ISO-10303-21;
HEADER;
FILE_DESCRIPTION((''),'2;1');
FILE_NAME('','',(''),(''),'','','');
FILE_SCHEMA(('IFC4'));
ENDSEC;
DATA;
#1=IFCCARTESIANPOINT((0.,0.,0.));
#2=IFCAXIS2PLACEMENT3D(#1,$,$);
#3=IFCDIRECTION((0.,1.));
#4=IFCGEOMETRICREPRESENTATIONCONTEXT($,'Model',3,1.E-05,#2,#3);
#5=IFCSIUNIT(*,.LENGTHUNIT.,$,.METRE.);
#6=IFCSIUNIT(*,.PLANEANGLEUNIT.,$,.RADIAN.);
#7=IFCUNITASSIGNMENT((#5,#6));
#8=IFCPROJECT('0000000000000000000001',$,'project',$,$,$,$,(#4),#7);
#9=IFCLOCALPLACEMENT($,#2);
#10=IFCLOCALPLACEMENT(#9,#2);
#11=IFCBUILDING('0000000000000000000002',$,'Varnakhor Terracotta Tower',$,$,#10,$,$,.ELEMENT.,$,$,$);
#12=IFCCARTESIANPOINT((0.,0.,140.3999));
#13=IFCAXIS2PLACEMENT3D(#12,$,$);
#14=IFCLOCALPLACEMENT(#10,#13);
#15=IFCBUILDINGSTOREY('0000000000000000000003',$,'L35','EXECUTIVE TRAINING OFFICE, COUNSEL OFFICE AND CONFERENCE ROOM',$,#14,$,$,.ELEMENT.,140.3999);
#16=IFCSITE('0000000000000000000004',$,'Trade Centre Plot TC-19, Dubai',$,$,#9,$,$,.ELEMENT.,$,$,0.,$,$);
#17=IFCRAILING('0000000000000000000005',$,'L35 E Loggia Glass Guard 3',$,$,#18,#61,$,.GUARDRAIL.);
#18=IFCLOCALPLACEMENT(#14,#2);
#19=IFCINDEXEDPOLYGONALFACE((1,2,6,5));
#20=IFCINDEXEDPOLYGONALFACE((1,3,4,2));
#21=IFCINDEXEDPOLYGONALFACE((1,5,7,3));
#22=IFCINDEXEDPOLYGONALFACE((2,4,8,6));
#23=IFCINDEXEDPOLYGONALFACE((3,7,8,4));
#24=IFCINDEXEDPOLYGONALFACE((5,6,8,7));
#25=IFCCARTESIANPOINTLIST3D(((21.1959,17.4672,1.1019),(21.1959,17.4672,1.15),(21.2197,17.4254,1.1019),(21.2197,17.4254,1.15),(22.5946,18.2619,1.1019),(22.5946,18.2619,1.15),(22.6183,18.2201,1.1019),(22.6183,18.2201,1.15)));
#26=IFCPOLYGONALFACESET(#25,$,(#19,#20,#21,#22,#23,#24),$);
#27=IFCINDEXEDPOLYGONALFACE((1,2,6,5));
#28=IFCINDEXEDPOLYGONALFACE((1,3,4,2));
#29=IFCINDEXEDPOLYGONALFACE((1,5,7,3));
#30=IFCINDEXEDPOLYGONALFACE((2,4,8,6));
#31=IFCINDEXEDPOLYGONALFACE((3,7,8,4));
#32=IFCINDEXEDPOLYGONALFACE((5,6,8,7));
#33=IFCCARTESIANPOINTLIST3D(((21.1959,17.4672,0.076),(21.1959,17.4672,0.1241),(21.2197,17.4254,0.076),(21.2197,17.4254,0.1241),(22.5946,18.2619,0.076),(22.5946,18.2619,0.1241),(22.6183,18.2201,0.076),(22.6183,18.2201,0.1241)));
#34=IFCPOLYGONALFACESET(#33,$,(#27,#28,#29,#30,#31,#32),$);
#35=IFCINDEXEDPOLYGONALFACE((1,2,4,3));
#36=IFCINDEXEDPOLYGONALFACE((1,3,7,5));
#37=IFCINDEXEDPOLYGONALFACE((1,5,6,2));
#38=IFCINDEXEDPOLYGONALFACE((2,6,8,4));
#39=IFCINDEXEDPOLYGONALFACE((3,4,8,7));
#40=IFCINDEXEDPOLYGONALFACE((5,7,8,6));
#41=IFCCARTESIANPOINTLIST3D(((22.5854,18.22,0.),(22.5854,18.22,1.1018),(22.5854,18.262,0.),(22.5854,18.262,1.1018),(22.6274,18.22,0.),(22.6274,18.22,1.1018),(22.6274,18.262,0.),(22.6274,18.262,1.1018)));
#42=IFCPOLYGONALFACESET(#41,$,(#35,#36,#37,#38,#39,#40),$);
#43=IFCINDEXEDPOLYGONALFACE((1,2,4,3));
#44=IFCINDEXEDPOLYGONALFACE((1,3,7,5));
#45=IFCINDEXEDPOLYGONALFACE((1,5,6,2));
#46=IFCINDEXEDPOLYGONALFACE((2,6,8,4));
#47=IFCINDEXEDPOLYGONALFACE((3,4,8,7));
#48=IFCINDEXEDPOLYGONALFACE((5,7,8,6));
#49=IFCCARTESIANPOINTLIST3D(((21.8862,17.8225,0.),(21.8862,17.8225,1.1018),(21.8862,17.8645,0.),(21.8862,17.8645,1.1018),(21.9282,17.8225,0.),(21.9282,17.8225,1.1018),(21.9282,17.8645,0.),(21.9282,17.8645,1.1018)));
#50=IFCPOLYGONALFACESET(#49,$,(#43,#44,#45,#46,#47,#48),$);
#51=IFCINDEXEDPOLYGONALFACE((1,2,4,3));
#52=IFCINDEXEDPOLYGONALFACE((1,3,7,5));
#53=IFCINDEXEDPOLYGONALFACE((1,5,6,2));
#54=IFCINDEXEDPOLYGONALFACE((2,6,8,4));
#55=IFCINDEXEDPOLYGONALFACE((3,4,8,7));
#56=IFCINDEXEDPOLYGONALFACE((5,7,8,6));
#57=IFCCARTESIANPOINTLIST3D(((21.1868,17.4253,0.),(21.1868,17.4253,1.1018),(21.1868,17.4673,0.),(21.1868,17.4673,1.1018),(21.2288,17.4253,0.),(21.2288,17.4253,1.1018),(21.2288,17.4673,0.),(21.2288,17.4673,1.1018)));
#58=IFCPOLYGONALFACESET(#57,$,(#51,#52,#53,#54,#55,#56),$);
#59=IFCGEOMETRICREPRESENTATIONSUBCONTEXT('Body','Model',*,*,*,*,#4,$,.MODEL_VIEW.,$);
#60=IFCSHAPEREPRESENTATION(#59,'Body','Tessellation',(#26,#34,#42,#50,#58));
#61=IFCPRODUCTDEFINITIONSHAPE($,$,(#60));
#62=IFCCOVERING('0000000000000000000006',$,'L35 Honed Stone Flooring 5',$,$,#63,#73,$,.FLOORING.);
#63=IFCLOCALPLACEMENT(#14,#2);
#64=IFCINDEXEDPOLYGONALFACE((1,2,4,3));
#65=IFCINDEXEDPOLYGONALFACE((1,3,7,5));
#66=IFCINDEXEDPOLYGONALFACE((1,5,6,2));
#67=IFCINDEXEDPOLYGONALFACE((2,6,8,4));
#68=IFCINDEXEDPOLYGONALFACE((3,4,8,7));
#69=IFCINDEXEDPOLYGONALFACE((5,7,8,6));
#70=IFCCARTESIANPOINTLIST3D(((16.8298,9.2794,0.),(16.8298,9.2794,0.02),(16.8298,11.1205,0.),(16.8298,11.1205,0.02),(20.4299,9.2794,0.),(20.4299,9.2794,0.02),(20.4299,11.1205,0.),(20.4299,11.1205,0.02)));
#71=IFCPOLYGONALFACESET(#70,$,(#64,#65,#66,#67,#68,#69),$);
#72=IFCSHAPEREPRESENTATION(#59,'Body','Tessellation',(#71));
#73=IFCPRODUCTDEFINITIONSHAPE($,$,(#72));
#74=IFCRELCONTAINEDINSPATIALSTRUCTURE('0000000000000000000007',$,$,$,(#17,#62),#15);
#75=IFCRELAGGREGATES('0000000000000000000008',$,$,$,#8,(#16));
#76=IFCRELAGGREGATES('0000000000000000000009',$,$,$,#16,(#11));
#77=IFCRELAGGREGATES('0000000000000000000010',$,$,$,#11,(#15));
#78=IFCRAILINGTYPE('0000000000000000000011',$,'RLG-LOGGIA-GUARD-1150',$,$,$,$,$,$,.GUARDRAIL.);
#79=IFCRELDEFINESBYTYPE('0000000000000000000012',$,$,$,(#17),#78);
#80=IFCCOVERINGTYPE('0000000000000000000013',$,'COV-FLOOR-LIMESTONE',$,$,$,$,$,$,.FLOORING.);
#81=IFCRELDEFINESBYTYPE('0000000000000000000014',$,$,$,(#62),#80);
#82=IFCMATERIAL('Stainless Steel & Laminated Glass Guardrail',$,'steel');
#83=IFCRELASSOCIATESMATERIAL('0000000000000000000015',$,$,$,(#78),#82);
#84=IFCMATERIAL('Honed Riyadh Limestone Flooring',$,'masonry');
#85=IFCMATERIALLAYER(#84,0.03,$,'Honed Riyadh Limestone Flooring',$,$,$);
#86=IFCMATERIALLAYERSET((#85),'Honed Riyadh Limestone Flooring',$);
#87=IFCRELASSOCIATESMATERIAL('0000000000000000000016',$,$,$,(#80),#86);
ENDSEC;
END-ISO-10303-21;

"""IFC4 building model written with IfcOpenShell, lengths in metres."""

from ifc_helpers import new_model, si_unit, direction, frame, origin, origin_2d, place, context, subcontext, project, spatial, rectangle, extrude, source, transform, mapped, material, layer, layer_set, type_object, element, save


model = new_model("IFC4")

# Units and contexts
model_context = context("Model", 3, precision=1e-05, world=origin(), true_north=direction((0.0, 1.0)))
body_context = subcontext(model_context, "Body", "Model", "MODEL_VIEW")
ifc_project = project(units=[si_unit("LENGTHUNIT", "METRE"), si_unit("PLANEANGLEUNIT", "RADIAN")], contexts=[model_context])

# Site, building, storey
site_placement = place(None, origin())
site = spatial("IfcSite", under=ifc_project, at=site_placement, Name="Trade Centre Plot TC-19, Dubai", CompositionType="ELEMENT", RefElevation=0.0)
building_placement = place(site_placement, origin())
building = spatial("IfcBuilding", under=site, at=building_placement, Name="Varnakhor Terracotta Tower", CompositionType="ELEMENT")
storey_placement = place(building_placement, frame((0.0, 0.0, 140.3999)))
storey = spatial("IfcBuildingStorey", under=building, at=storey_placement, Name="L35", Description="EXECUTIVE TRAINING OFFICE, COUNSEL OFFICE AND CONFERENCE ROOM", CompositionType="ELEMENT", Elevation=140.3999)

# Railing
ifc_material_1 = material(Name="Stainless Steel & Laminated Glass Guardrail", Category="steel")
railing_type = type_object("IfcRailingType", Name="RLG-LOGGIA-GUARD-1150", PredefinedType="GUARDRAIL", material=ifc_material_1)
railing_placement = place(storey_placement, frame((22.6064, 18.241, 0.0)))
element("IfcRailing", 1, at=railing_placement, inside=storey, type_object=railing_type, Name="L35 E Loggia Glass Guard 3", PredefinedType="GUARDRAIL", context=body_context, shape_type="SweptSolid", body=[
    extrude(rectangle(XDim=0.0481, YDim=0.0481, at=origin_2d()), frame((0.0, 0.0, 1.126), z_axis=(-0.869464, -0.493996, 0.0), x_axis=(0.493996, -0.869464, 0.0)), (0.0, 0.0, 1.0), 1.6086),
    extrude(rectangle(XDim=0.0481, YDim=0.0481, at=origin_2d()), frame((0.0, 0.0, 0.1001), z_axis=(-0.869464, -0.493996, 0.0), x_axis=(0.493996, -0.869464, 0.0)), (0.0, 0.0, 1.0), 1.6086),
    extrude(rectangle(XDim=0.042, YDim=0.042, at=origin_2d()), origin(), (0.0, 0.0, 1.0), 1.1018),
    extrude(rectangle(XDim=0.042, YDim=0.042, at=origin_2d()), frame((-0.6992, -0.3975, 0.0)), (0.0, 0.0, 1.0), 1.1018),
    extrude(rectangle(XDim=0.042, YDim=0.042, at=origin_2d()), frame((-1.3987, -0.7947, 0.0)), (0.0, 0.0, 1.0), 1.1018),
])

# Covering
ifc_material_2 = material(Name="Honed Riyadh Limestone Flooring", Category="masonry")
ifc_layer_1 = layer(ifc_material_2, 0.03, Name="Honed Riyadh Limestone Flooring")
ifc_layer_set_1 = layer_set([ifc_layer_1], Name="Honed Riyadh Limestone Flooring")
covering_type = type_object("IfcCoveringType", Name="COV-FLOOR-LIMESTONE", PredefinedType="FLOORING", material=ifc_layer_set_1)
shared_shape_1 = source(origin(), body_context, "Body", "SweptSolid", [
    extrude(rectangle(XDim=3.6001, YDim=1.8411, at=origin_2d()), origin(), (0.0, 0.0, 1.0), 0.02),
])
covering_placement = place(storey_placement, frame((18.6299, 10.2, 0.0), z_axis=(0.0, 0.0, 1.0), x_axis=(1.0, 0.0, 0.0)))
element("IfcCovering", 2, at=covering_placement, inside=storey, type_object=covering_type, Name="L35 Honed Stone Flooring 5", PredefinedType="FLOORING", context=body_context, shape_type="MappedRepresentation", body=[
    mapped(shared_shape_1, transform((0.0, 0.0, 0.0), scale=1.0)),
])

save(model, "model.ifc")
